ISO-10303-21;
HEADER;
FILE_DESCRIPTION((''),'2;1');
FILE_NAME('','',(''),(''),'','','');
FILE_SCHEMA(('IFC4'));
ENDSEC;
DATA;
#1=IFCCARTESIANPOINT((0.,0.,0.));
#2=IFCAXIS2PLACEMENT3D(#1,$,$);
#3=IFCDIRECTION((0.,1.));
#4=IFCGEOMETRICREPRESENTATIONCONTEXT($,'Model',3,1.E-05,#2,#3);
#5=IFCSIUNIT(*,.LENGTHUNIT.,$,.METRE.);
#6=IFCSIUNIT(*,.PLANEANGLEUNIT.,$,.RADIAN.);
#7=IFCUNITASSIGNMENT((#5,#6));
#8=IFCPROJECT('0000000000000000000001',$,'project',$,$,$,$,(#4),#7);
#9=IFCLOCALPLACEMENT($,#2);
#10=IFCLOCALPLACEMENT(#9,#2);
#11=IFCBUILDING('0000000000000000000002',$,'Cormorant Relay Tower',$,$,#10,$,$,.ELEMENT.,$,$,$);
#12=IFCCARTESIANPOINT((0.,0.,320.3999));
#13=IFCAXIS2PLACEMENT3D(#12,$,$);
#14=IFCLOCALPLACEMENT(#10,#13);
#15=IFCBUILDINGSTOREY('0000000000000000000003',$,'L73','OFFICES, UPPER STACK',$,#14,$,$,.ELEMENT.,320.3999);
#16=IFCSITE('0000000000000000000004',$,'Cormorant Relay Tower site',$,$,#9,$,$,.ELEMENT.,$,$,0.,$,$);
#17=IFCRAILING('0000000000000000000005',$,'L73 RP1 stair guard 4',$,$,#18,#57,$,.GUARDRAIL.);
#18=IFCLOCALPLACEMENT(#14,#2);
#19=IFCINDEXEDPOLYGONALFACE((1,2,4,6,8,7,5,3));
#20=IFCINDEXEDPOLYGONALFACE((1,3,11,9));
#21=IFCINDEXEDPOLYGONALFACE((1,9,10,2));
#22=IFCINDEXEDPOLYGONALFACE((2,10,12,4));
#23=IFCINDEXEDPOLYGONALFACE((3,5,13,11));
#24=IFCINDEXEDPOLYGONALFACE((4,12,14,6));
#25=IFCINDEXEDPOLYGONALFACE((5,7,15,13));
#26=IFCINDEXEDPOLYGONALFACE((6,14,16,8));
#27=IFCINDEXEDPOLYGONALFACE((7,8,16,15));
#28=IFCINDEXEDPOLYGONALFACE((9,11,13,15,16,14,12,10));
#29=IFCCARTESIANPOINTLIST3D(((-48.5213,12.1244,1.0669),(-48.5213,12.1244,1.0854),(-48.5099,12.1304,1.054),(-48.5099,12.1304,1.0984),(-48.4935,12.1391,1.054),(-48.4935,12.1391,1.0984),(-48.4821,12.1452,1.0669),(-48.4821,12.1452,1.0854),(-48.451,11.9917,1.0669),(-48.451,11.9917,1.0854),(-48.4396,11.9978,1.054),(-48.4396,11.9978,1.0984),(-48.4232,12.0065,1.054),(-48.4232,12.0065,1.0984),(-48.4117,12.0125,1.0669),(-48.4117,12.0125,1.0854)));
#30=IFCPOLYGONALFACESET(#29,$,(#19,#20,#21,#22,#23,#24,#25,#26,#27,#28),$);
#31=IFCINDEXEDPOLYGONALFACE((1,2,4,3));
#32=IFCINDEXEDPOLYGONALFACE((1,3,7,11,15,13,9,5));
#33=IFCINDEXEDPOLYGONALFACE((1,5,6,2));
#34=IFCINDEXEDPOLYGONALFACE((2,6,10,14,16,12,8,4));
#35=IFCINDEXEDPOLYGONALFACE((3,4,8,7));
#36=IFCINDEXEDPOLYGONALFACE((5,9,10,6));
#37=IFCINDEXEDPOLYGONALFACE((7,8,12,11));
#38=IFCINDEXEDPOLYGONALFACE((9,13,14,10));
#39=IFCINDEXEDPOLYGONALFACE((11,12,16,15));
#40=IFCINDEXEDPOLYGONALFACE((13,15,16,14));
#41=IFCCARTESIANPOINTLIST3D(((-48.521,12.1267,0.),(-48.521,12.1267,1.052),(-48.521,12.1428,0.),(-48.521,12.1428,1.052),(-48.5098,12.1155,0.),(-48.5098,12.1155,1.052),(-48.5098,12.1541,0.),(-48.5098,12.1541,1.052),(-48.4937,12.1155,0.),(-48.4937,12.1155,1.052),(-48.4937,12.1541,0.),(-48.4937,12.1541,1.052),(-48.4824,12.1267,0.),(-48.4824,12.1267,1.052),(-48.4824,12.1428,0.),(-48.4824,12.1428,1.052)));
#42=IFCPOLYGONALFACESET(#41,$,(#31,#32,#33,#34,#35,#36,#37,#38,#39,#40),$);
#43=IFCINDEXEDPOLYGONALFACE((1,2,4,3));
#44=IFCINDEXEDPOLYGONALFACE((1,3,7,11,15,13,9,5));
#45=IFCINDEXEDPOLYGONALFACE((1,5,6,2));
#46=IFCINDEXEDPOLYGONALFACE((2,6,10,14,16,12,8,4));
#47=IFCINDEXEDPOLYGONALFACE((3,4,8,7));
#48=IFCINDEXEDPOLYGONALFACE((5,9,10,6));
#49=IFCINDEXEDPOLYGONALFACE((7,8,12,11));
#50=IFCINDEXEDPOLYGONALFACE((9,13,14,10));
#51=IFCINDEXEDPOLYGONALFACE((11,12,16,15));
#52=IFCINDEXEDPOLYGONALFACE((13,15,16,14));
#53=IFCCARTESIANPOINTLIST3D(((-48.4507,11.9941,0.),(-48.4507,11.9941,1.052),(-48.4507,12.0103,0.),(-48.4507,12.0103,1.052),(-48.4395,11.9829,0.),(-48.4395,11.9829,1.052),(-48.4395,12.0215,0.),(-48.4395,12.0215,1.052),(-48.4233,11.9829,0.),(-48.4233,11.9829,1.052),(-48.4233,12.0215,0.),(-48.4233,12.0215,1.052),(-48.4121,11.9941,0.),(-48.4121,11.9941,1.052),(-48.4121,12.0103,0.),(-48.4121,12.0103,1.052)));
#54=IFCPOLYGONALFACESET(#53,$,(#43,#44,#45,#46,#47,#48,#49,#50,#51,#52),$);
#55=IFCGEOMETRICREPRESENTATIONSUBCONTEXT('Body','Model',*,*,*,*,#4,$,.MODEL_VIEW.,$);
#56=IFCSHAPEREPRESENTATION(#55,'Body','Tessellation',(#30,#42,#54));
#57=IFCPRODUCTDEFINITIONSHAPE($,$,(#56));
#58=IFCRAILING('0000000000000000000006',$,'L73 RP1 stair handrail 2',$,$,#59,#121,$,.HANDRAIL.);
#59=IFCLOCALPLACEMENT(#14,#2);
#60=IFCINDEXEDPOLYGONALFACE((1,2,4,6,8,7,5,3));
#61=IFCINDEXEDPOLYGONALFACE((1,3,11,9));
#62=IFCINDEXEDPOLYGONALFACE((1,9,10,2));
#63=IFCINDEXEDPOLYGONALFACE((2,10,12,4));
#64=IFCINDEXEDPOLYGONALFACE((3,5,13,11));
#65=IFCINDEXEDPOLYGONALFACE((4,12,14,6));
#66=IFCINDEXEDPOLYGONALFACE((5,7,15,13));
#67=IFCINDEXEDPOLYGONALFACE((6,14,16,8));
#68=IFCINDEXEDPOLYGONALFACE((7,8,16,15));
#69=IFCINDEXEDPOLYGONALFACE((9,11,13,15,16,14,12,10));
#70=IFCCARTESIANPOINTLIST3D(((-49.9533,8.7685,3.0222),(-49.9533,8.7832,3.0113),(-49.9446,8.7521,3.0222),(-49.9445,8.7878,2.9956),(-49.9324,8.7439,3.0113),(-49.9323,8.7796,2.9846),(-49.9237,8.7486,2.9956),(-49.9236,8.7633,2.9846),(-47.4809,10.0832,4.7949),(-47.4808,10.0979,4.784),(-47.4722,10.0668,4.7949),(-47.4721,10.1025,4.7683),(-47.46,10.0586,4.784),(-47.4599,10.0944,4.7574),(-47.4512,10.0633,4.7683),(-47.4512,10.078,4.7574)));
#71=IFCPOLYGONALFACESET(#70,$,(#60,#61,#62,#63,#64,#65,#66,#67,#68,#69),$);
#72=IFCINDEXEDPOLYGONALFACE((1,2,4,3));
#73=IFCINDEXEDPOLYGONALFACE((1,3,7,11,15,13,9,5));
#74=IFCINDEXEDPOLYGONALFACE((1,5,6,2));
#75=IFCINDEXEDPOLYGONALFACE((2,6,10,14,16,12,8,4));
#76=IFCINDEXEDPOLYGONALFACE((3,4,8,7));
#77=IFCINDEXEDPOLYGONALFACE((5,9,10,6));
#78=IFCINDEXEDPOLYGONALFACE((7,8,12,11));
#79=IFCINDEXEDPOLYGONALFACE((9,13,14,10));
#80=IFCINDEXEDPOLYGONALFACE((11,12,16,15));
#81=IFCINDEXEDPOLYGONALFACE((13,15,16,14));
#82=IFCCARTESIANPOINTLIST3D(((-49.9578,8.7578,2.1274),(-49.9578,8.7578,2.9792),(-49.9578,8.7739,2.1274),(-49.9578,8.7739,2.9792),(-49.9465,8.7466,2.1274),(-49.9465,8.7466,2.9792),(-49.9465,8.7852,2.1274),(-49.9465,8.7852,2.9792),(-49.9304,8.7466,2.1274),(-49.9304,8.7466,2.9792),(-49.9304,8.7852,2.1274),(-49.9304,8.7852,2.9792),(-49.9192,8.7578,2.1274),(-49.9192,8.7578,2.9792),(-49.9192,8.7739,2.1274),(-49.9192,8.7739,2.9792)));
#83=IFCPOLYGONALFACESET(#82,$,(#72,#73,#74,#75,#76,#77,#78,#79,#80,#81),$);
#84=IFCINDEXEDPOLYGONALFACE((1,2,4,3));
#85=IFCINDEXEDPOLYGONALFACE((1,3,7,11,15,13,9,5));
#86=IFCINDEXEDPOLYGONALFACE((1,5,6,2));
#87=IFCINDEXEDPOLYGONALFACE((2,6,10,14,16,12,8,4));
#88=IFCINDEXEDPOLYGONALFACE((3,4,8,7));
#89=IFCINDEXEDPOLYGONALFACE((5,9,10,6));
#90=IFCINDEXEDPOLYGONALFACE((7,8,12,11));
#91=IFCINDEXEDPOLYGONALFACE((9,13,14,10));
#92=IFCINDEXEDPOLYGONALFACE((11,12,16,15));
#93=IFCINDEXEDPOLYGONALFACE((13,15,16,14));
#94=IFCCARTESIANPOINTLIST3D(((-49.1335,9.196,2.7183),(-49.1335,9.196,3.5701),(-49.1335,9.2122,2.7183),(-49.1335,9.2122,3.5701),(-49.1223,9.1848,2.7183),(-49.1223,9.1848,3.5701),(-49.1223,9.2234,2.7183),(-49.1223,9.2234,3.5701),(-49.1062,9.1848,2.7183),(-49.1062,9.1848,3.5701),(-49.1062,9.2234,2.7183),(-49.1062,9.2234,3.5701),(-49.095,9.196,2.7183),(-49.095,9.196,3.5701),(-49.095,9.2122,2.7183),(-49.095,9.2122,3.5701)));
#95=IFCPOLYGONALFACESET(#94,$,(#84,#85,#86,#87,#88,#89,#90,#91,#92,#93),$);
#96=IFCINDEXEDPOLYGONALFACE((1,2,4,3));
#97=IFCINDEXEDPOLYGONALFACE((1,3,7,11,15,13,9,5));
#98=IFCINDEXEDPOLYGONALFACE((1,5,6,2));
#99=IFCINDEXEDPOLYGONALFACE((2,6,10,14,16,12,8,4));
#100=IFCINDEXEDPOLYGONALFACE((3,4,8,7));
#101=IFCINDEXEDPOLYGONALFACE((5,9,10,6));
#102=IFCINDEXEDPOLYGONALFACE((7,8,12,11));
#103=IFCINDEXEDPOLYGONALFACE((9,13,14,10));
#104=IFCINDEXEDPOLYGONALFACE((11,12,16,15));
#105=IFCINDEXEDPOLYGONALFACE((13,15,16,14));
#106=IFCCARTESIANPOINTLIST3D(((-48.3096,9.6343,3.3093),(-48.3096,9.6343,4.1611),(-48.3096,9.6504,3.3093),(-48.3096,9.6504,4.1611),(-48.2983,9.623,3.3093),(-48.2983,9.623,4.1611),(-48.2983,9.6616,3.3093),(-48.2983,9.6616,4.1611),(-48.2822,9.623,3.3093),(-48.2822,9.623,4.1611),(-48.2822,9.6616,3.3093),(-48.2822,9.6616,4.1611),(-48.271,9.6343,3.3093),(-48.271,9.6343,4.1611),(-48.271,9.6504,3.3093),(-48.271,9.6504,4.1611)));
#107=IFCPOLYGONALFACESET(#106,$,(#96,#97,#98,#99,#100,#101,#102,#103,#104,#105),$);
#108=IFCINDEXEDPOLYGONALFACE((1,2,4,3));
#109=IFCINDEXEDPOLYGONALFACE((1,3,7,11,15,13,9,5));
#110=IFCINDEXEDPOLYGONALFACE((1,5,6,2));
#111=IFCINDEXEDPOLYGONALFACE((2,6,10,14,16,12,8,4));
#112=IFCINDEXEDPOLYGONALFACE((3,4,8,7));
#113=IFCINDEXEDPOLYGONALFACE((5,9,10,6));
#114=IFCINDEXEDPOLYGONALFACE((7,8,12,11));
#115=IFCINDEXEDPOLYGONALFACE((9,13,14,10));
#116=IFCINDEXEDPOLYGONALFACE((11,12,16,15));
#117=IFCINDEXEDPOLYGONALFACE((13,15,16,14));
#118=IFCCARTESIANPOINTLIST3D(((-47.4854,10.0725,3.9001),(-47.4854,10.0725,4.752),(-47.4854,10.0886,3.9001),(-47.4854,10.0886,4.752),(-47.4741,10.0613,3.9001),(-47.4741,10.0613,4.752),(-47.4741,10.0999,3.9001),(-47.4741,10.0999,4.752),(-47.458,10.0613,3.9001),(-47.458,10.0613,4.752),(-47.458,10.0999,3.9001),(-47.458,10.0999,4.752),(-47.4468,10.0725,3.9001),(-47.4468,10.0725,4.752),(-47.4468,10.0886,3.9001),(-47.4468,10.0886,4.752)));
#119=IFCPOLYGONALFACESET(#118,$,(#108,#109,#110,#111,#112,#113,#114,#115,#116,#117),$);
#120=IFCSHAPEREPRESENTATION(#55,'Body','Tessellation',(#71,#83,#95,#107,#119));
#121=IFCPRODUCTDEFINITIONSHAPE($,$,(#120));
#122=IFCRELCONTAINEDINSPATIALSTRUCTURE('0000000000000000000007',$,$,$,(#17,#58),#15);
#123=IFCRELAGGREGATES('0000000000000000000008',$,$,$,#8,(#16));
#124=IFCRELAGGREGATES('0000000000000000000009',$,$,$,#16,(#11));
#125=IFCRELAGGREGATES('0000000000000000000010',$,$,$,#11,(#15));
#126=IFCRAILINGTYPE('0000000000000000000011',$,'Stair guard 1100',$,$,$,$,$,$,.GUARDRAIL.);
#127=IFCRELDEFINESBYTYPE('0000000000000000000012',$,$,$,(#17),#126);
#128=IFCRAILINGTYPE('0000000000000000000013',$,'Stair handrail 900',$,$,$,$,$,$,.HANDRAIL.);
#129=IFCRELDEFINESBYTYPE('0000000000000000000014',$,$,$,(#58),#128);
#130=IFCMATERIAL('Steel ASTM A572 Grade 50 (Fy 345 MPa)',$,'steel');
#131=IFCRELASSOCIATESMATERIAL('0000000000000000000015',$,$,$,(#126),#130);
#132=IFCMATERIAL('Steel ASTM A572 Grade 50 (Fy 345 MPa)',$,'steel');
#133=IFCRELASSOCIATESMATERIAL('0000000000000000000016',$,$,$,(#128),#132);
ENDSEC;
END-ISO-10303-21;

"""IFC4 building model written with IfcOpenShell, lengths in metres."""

from ifc_helpers import new_model, si_unit, direction, frame, origin, place, context, subcontext, project, spatial, polyline, outline, extrude, material, type_object, element, save


model = new_model("IFC4")

# Units and contexts
model_context = context("Model", 3, precision=1e-05, world=origin(), true_north=direction((0.0, 1.0)))
body_context = subcontext(model_context, "Body", "Model", "MODEL_VIEW")
ifc_project = project(units=[si_unit("LENGTHUNIT", "METRE"), si_unit("PLANEANGLEUNIT", "RADIAN")], contexts=[model_context])

# Site, building, storey
site_placement = place(None, origin())
site = spatial("IfcSite", under=ifc_project, at=site_placement, Name="Cormorant Relay Tower site", CompositionType="ELEMENT", RefElevation=0.0)
building_placement = place(site_placement, origin())
building = spatial("IfcBuilding", under=site, at=building_placement, Name="Cormorant Relay Tower", CompositionType="ELEMENT")
storey_placement = place(building_placement, frame((0.0, 0.0, 320.3999)))
storey = spatial("IfcBuildingStorey", under=building, at=storey_placement, Name="L73", Description="OFFICES, UPPER STACK", CompositionType="ELEMENT", Elevation=320.3999)

# Railings
ifc_material_1 = material(Name="Steel ASTM A572 Grade 50 (Fy 345 MPa)", Category="steel")
railing_type_1 = type_object("IfcRailingType", Name="Stair guard 1100", PredefinedType="GUARDRAIL", material=ifc_material_1)
railing_1_placement = place(storey_placement, frame((-48.5017, 12.1348, 0.0)))
element("IfcRailing", 1, at=railing_1_placement, inside=storey, type_object=railing_type_1, Name="L73 RP1 stair guard 4", PredefinedType="GUARDRAIL", context=body_context, shape_type="SweptSolid", body=[
    extrude(outline(polyline([(0.0222, 0.0093), (0.0093, 0.0222), (-0.0093, 0.0222), (-0.0222, 0.0093), (-0.0222, -0.0093), (-0.0093, -0.0222), (0.0093, -0.0222), (0.0222, -0.0093), (0.0222, 0.0093)])), frame((0.0, 0.0, 1.0762), z_axis=(0.46856, -0.883431, 0.0), x_axis=(0.883431, 0.46856, 0.0)), (0.0, 0.0, 1.0), 0.1501),
    extrude(outline(polyline([(0.0193, 0.0081), (0.0081, 0.0193), (-0.0081, 0.0193), (-0.0193, 0.0081), (-0.0193, -0.0081), (-0.0081, -0.0193), (0.0081, -0.0193), (0.0193, -0.0081), (0.0193, 0.0081)])), origin(), (0.0, 0.0, 1.0), 1.052),
    extrude(outline(polyline([(0.0193, 0.0081), (0.0081, 0.0193), (-0.0081, 0.0193), (-0.0193, 0.0081), (-0.0193, -0.0081), (-0.0081, -0.0193), (0.0081, -0.0193), (0.0193, -0.0081), (0.0193, 0.0081)])), frame((0.0703, -0.1326, 0.0)), (0.0, 0.0, 1.0), 1.052),
])
ifc_material_2 = material(Name="Steel ASTM A572 Grade 50 (Fy 345 MPa)", Category="steel")
railing_type_2 = type_object("IfcRailingType", Name="Stair handrail 900", PredefinedType="HANDRAIL", material=ifc_material_2)
railing_2_placement = place(storey_placement, frame((-49.9385, 8.7659, 2.1274)))
element("IfcRailing", 2, at=railing_2_placement, inside=storey, type_object=railing_type_2, Name="L73 RP1 stair handrail 2", PredefinedType="HANDRAIL", context=body_context, shape_type="SweptSolid", body=[
    extrude(outline(polyline([(0.0222, 0.0093), (0.0093, 0.0222), (-0.0093, 0.0222), (-0.0222, 0.0093), (-0.0222, -0.0093), (-0.0093, -0.0222), (0.0093, -0.0222), (0.0222, -0.0093), (0.0222, 0.0093)])), frame((0.0, 0.0, 0.876), z_axis=(0.746012, 0.39669, 0.534886), x_axis=(-0.469497, 0.882934, 0.0)), (0.0, 0.0, 1.0), 3.3142),
    extrude(outline(polyline([(0.0193, 0.0081), (0.0081, 0.0193), (-0.0081, 0.0193), (-0.0193, 0.0081), (-0.0193, -0.0081), (-0.0081, -0.0193), (0.0081, -0.0193), (0.0193, -0.0081), (0.0193, 0.0081)])), origin(), (0.0, 0.0, 1.0), 0.8518),
    extrude(outline(polyline([(0.0193, 0.0081), (0.0081, 0.0193), (-0.0081, 0.0193), (-0.0193, 0.0081), (-0.0193, -0.0081), (-0.0081, -0.0193), (0.0081, -0.0193), (0.0193, -0.0081), (0.0193, 0.0081)])), frame((0.8242, 0.4382, 0.5908)), (0.0, 0.0, 1.0), 0.8518),
    extrude(outline(polyline([(0.0193, 0.0081), (0.0081, 0.0193), (-0.0081, 0.0193), (-0.0193, 0.0081), (-0.0193, -0.0081), (-0.0081, -0.0193), (0.0081, -0.0193), (0.0193, -0.0081), (0.0193, 0.0081)])), frame((1.6482, 0.8765, 1.1819)), (0.0, 0.0, 1.0), 0.8518),
    extrude(outline(polyline([(0.0193, 0.0081), (0.0081, 0.0193), (-0.0081, 0.0193), (-0.0193, 0.0081), (-0.0193, -0.0081), (-0.0081, -0.0193), (0.0081, -0.0193), (0.0193, -0.0081), (0.0193, 0.0081)])), frame((2.4724, 1.3147, 1.7727)), (0.0, 0.0, 1.0), 0.8518),
])

save(model, "model.ifc")
